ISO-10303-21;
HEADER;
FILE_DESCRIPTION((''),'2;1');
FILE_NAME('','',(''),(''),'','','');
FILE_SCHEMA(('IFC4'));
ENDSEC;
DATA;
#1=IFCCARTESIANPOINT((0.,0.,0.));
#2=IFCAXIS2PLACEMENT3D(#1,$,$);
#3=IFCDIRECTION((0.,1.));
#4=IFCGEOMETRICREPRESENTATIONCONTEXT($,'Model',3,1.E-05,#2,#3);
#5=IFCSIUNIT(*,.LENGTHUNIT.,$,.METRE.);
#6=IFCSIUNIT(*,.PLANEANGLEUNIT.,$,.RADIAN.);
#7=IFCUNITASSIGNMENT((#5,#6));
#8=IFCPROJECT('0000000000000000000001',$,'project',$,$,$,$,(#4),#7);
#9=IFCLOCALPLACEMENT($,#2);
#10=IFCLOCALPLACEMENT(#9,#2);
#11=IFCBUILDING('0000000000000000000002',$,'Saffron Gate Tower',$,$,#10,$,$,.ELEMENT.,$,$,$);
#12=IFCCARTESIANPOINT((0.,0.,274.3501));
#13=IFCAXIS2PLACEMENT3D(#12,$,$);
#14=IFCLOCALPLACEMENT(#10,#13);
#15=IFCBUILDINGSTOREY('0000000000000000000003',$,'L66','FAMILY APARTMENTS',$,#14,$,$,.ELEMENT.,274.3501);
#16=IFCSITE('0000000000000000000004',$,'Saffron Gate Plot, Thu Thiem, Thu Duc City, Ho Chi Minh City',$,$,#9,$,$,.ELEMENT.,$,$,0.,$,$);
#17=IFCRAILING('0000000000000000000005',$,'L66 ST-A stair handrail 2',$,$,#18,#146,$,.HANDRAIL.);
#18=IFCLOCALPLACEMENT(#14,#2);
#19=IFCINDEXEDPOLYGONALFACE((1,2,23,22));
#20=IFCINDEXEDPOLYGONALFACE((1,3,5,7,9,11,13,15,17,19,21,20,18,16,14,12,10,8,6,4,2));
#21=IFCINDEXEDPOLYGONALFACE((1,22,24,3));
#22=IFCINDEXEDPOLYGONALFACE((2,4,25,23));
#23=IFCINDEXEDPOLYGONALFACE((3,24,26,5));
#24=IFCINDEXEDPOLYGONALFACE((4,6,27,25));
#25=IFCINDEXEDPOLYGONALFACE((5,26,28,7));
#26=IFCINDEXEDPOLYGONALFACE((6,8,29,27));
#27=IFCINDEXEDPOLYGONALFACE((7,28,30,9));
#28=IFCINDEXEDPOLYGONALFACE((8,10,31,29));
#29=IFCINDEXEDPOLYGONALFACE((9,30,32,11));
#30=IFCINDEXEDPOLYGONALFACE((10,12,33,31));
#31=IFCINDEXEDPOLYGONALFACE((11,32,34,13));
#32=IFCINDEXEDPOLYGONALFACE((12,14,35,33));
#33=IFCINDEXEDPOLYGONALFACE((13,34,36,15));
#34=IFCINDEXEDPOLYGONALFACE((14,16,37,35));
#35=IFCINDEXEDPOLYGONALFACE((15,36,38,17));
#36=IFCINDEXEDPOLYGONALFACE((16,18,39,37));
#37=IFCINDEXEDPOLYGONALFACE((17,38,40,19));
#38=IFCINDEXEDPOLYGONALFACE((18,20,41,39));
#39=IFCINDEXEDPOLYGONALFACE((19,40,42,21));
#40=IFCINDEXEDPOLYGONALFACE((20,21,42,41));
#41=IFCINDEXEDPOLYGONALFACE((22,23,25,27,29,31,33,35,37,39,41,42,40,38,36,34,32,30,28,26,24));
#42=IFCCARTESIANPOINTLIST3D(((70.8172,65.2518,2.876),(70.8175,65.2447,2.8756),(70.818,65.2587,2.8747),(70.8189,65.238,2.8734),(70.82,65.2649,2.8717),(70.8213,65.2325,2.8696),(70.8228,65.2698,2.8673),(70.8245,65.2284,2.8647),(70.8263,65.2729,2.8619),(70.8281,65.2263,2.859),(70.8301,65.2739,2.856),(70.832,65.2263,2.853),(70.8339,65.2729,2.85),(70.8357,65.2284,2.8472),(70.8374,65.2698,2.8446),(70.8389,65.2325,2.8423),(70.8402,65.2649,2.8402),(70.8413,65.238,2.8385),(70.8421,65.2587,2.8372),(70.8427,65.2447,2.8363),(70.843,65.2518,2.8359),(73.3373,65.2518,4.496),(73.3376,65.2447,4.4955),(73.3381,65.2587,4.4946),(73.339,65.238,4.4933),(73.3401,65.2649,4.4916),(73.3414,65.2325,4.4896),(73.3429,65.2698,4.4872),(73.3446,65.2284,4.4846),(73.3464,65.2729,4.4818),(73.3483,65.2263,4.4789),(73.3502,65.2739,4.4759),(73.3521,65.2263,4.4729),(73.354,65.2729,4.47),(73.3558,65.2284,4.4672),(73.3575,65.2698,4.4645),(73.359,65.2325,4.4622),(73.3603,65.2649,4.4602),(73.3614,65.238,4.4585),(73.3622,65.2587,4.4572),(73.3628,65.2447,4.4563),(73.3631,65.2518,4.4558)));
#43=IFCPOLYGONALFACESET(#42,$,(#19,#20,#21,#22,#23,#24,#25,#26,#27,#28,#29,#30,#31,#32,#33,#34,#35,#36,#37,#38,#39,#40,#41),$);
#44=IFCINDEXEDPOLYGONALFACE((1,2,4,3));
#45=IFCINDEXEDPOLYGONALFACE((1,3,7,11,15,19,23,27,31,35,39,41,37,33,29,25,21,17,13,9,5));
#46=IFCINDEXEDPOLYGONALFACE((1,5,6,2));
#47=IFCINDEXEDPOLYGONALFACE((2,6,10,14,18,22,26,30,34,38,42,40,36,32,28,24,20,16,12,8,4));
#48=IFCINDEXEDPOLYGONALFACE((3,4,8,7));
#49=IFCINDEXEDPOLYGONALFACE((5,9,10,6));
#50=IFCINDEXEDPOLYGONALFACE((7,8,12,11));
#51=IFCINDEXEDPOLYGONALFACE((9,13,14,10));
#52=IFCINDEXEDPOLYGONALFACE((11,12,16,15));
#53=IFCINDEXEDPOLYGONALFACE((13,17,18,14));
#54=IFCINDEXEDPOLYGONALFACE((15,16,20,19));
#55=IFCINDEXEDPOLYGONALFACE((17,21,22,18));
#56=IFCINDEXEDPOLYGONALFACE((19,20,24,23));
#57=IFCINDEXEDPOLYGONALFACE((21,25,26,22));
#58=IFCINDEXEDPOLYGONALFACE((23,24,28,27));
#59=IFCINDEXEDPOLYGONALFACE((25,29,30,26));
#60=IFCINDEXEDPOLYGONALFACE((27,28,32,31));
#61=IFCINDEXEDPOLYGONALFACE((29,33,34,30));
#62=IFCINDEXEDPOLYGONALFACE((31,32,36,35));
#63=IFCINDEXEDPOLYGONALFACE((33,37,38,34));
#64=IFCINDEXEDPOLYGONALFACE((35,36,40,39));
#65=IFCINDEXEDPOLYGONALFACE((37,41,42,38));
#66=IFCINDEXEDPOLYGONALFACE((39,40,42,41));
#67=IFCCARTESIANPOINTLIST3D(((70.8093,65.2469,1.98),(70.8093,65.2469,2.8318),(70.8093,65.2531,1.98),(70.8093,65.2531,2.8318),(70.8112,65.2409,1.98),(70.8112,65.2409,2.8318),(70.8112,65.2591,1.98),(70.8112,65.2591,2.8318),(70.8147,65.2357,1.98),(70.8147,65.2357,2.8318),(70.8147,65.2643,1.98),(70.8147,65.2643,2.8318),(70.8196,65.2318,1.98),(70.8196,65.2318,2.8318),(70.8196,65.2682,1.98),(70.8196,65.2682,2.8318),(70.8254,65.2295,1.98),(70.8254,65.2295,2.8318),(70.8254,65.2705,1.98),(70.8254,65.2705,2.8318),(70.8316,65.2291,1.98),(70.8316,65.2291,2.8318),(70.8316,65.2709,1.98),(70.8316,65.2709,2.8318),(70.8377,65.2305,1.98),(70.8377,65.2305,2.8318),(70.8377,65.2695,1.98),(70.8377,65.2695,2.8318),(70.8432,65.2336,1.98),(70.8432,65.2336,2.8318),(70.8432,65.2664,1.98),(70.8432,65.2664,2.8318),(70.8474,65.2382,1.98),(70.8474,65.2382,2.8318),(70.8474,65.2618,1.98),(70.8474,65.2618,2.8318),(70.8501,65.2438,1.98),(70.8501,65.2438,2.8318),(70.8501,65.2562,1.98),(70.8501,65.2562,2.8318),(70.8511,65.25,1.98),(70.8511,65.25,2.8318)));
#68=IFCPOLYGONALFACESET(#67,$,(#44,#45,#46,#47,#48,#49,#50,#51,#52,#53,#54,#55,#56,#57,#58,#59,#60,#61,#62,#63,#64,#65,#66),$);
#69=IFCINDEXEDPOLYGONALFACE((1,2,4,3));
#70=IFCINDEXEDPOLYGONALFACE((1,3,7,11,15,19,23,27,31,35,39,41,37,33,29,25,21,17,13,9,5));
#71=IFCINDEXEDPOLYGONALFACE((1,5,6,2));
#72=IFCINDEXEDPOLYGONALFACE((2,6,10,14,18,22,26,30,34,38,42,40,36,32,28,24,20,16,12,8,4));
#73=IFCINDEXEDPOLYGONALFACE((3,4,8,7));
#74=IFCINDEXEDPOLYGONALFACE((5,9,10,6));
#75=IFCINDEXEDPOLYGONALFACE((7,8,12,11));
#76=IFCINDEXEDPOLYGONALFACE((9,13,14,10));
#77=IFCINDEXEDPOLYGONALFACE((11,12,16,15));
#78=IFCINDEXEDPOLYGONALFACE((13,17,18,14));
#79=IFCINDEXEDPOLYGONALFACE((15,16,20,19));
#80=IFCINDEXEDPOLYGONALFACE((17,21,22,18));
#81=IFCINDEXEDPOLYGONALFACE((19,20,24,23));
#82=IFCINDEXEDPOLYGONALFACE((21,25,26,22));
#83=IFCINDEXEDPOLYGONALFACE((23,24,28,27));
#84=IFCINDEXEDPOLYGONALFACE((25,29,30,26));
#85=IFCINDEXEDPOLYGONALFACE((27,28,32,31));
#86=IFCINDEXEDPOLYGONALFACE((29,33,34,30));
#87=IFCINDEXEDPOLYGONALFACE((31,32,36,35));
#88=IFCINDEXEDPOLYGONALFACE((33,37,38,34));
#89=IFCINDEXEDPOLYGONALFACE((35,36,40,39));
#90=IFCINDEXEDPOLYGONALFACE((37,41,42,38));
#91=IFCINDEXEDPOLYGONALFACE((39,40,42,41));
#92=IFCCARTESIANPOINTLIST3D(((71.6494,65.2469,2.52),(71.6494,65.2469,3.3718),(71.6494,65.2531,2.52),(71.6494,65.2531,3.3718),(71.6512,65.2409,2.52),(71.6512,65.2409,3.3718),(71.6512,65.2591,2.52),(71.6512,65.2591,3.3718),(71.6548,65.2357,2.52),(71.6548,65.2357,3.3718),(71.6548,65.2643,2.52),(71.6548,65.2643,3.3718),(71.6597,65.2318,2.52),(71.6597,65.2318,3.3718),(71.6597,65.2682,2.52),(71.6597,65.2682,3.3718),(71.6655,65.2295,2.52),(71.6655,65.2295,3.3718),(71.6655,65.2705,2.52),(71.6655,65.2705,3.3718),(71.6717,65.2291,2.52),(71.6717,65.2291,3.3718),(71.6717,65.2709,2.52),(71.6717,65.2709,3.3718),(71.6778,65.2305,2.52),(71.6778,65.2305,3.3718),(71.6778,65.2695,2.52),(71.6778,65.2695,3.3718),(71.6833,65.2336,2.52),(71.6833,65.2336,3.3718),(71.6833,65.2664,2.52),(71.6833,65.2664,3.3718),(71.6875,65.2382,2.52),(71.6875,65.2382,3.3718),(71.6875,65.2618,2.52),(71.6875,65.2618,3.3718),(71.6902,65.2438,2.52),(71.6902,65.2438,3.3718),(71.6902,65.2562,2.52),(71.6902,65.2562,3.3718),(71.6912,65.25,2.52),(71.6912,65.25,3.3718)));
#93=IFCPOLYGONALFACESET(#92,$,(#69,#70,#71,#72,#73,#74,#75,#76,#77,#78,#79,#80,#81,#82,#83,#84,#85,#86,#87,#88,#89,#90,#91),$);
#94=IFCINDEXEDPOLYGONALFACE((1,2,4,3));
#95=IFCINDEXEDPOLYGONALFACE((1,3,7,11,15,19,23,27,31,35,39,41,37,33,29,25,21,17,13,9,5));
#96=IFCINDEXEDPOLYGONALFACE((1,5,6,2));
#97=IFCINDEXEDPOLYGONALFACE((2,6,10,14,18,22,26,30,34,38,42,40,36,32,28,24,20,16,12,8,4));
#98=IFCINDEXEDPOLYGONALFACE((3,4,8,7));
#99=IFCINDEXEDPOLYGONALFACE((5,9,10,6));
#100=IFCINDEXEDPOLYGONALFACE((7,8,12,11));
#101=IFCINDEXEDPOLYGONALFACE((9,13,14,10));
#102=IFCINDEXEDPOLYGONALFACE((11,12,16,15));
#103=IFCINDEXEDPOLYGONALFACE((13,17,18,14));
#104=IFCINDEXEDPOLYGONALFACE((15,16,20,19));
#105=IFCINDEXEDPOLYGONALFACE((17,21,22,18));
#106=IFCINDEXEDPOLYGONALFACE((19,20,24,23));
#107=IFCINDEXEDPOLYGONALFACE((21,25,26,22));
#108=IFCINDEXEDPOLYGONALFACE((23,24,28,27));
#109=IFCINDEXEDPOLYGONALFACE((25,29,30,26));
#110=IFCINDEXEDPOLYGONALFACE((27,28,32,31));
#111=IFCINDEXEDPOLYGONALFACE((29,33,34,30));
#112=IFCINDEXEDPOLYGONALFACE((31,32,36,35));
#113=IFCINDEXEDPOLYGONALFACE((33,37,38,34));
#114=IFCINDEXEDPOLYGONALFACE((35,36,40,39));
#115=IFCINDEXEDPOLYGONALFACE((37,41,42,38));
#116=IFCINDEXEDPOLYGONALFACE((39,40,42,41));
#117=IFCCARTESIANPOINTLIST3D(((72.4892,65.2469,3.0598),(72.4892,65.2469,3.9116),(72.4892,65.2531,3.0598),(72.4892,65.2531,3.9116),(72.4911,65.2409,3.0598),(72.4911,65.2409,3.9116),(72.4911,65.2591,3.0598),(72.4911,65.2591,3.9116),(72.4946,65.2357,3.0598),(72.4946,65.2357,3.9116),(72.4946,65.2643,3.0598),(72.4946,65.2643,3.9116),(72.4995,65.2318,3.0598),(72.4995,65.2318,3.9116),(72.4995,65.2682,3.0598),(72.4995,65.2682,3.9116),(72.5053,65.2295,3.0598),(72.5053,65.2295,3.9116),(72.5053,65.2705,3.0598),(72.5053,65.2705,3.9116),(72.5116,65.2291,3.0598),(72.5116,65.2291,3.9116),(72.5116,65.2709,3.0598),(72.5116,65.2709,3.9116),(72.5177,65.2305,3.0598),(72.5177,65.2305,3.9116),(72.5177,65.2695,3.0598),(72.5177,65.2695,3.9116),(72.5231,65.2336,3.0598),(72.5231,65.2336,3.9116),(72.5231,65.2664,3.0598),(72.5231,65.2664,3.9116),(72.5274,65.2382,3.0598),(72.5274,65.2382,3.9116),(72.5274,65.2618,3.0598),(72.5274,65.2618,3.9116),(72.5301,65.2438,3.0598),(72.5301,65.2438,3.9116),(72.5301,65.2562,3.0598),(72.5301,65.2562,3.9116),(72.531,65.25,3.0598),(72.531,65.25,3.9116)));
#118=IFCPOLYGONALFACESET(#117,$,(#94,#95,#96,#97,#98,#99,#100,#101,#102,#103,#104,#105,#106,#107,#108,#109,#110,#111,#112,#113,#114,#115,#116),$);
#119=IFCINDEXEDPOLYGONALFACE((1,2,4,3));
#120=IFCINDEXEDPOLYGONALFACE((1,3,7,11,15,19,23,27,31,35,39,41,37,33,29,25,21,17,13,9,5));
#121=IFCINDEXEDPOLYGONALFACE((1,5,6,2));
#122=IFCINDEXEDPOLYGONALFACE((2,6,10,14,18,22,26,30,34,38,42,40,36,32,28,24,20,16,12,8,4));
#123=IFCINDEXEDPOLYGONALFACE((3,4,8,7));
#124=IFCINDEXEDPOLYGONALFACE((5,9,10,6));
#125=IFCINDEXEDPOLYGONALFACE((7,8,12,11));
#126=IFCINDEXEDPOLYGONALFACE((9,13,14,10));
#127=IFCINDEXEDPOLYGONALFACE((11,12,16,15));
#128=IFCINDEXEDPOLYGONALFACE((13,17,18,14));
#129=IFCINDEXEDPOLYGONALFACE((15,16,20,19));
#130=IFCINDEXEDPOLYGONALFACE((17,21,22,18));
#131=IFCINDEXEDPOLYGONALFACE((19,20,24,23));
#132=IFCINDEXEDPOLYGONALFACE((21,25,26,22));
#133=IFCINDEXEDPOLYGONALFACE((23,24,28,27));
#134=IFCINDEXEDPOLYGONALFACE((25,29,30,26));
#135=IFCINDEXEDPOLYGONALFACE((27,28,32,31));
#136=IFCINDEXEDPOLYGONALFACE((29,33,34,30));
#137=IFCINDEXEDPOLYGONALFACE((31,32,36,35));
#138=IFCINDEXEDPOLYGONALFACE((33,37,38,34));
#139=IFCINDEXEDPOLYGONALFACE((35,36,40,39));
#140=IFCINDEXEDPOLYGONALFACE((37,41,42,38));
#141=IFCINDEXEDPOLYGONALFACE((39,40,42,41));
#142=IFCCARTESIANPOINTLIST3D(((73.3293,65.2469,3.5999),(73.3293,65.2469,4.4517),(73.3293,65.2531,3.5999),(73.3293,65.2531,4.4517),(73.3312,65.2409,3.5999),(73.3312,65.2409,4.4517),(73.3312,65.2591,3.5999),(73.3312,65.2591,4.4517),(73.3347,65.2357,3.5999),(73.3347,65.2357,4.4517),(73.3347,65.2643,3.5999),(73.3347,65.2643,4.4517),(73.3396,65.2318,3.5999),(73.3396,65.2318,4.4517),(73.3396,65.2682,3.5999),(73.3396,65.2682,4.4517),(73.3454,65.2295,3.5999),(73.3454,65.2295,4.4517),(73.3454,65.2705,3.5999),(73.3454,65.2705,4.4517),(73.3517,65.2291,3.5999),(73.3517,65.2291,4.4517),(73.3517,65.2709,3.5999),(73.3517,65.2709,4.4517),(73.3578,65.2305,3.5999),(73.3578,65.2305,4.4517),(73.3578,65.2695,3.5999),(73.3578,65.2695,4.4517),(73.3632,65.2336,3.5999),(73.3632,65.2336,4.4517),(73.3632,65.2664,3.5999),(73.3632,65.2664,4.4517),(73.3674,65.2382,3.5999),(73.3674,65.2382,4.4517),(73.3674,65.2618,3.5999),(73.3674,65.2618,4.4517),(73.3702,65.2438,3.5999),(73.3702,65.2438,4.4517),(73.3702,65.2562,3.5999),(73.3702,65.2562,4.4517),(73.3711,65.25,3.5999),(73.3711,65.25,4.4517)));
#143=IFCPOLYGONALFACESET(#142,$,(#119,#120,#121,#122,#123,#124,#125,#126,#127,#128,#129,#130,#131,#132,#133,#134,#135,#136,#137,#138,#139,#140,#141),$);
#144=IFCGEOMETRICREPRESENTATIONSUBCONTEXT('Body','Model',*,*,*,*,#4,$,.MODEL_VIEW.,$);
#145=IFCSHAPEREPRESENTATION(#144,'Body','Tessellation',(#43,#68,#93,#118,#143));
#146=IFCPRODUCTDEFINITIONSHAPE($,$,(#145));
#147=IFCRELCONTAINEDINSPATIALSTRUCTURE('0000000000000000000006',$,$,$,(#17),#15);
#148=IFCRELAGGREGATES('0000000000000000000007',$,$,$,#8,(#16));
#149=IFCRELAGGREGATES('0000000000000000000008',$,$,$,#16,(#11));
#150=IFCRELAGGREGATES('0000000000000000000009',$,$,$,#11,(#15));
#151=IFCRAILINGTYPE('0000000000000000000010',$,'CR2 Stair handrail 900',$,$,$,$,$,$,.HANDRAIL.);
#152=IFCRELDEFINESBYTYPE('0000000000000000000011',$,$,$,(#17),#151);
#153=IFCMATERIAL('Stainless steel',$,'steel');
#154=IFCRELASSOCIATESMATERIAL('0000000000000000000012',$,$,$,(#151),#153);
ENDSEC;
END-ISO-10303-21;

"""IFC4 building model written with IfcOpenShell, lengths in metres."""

from ifc_helpers import new_model, si_unit, direction, frame, origin, origin_2d, place, context, subcontext, project, spatial, circle, extrude, material, type_object, element, save


model = new_model("IFC4")

# Units and contexts
model_context = context("Model", 3, precision=1e-05, world=origin(), true_north=direction((0.0, 1.0)))
body_context = subcontext(model_context, "Body", "Model", "MODEL_VIEW")
ifc_project = project(units=[si_unit("LENGTHUNIT", "METRE"), si_unit("PLANEANGLEUNIT", "RADIAN")], contexts=[model_context])

# Site, building, storey
site_placement = place(None, origin())
site = spatial("IfcSite", under=ifc_project, at=site_placement, Name="Saffron Gate Plot, Thu Thiem, Thu Duc City, Ho Chi Minh City", CompositionType="ELEMENT", RefElevation=0.0)
building_placement = place(site_placement, origin())
building = spatial("IfcBuilding", under=site, at=building_placement, Name="Saffron Gate Tower", CompositionType="ELEMENT")
storey_placement = place(building_placement, frame((0.0, 0.0, 274.3501)))
storey = spatial("IfcBuildingStorey", under=building, at=storey_placement, Name="L66", Description="FAMILY APARTMENTS", CompositionType="ELEMENT", Elevation=274.3501)

# Railing
ifc_material_1 = material(Name="Stainless steel", Category="steel")
railing_type = type_object("IfcRailingType", Name="CR2 Stair handrail 900", PredefinedType="HANDRAIL", material=ifc_material_1)
railing_placement = place(storey_placement, frame((70.8301, 65.25, 1.98)))
element("IfcRailing", 1, at=railing_placement, inside=storey, type_object=railing_type, Name="L66 ST-A stair handrail 2", PredefinedType="HANDRAIL", context=body_context, shape_type="SweptSolid", body=[
    extrude(circle(Radius=0.0239, at=origin_2d()), frame((0.0, 0.0, 0.876), z_axis=(0.8412, 0.0, 0.540725), x_axis=(0.0, 1.0, 0.0)), (0.0, 0.0, 1.0), 2.9958),
    extrude(circle(Radius=0.021, at=origin_2d()), origin(), (0.0, 0.0, 1.0), 0.8518),
    extrude(circle(Radius=0.021, at=origin_2d()), frame((0.8401, 0.0, 0.54)), (0.0, 0.0, 1.0), 0.8518),
    extrude(circle(Radius=0.021, at=origin_2d()), frame((1.6799, 0.0, 1.0798)), (0.0, 0.0, 1.0), 0.8518),
    extrude(circle(Radius=0.021, at=origin_2d()), frame((2.52, 0.0, 1.6199)), (0.0, 0.0, 1.0), 0.8518),
])

save(model, "model.ifc")
